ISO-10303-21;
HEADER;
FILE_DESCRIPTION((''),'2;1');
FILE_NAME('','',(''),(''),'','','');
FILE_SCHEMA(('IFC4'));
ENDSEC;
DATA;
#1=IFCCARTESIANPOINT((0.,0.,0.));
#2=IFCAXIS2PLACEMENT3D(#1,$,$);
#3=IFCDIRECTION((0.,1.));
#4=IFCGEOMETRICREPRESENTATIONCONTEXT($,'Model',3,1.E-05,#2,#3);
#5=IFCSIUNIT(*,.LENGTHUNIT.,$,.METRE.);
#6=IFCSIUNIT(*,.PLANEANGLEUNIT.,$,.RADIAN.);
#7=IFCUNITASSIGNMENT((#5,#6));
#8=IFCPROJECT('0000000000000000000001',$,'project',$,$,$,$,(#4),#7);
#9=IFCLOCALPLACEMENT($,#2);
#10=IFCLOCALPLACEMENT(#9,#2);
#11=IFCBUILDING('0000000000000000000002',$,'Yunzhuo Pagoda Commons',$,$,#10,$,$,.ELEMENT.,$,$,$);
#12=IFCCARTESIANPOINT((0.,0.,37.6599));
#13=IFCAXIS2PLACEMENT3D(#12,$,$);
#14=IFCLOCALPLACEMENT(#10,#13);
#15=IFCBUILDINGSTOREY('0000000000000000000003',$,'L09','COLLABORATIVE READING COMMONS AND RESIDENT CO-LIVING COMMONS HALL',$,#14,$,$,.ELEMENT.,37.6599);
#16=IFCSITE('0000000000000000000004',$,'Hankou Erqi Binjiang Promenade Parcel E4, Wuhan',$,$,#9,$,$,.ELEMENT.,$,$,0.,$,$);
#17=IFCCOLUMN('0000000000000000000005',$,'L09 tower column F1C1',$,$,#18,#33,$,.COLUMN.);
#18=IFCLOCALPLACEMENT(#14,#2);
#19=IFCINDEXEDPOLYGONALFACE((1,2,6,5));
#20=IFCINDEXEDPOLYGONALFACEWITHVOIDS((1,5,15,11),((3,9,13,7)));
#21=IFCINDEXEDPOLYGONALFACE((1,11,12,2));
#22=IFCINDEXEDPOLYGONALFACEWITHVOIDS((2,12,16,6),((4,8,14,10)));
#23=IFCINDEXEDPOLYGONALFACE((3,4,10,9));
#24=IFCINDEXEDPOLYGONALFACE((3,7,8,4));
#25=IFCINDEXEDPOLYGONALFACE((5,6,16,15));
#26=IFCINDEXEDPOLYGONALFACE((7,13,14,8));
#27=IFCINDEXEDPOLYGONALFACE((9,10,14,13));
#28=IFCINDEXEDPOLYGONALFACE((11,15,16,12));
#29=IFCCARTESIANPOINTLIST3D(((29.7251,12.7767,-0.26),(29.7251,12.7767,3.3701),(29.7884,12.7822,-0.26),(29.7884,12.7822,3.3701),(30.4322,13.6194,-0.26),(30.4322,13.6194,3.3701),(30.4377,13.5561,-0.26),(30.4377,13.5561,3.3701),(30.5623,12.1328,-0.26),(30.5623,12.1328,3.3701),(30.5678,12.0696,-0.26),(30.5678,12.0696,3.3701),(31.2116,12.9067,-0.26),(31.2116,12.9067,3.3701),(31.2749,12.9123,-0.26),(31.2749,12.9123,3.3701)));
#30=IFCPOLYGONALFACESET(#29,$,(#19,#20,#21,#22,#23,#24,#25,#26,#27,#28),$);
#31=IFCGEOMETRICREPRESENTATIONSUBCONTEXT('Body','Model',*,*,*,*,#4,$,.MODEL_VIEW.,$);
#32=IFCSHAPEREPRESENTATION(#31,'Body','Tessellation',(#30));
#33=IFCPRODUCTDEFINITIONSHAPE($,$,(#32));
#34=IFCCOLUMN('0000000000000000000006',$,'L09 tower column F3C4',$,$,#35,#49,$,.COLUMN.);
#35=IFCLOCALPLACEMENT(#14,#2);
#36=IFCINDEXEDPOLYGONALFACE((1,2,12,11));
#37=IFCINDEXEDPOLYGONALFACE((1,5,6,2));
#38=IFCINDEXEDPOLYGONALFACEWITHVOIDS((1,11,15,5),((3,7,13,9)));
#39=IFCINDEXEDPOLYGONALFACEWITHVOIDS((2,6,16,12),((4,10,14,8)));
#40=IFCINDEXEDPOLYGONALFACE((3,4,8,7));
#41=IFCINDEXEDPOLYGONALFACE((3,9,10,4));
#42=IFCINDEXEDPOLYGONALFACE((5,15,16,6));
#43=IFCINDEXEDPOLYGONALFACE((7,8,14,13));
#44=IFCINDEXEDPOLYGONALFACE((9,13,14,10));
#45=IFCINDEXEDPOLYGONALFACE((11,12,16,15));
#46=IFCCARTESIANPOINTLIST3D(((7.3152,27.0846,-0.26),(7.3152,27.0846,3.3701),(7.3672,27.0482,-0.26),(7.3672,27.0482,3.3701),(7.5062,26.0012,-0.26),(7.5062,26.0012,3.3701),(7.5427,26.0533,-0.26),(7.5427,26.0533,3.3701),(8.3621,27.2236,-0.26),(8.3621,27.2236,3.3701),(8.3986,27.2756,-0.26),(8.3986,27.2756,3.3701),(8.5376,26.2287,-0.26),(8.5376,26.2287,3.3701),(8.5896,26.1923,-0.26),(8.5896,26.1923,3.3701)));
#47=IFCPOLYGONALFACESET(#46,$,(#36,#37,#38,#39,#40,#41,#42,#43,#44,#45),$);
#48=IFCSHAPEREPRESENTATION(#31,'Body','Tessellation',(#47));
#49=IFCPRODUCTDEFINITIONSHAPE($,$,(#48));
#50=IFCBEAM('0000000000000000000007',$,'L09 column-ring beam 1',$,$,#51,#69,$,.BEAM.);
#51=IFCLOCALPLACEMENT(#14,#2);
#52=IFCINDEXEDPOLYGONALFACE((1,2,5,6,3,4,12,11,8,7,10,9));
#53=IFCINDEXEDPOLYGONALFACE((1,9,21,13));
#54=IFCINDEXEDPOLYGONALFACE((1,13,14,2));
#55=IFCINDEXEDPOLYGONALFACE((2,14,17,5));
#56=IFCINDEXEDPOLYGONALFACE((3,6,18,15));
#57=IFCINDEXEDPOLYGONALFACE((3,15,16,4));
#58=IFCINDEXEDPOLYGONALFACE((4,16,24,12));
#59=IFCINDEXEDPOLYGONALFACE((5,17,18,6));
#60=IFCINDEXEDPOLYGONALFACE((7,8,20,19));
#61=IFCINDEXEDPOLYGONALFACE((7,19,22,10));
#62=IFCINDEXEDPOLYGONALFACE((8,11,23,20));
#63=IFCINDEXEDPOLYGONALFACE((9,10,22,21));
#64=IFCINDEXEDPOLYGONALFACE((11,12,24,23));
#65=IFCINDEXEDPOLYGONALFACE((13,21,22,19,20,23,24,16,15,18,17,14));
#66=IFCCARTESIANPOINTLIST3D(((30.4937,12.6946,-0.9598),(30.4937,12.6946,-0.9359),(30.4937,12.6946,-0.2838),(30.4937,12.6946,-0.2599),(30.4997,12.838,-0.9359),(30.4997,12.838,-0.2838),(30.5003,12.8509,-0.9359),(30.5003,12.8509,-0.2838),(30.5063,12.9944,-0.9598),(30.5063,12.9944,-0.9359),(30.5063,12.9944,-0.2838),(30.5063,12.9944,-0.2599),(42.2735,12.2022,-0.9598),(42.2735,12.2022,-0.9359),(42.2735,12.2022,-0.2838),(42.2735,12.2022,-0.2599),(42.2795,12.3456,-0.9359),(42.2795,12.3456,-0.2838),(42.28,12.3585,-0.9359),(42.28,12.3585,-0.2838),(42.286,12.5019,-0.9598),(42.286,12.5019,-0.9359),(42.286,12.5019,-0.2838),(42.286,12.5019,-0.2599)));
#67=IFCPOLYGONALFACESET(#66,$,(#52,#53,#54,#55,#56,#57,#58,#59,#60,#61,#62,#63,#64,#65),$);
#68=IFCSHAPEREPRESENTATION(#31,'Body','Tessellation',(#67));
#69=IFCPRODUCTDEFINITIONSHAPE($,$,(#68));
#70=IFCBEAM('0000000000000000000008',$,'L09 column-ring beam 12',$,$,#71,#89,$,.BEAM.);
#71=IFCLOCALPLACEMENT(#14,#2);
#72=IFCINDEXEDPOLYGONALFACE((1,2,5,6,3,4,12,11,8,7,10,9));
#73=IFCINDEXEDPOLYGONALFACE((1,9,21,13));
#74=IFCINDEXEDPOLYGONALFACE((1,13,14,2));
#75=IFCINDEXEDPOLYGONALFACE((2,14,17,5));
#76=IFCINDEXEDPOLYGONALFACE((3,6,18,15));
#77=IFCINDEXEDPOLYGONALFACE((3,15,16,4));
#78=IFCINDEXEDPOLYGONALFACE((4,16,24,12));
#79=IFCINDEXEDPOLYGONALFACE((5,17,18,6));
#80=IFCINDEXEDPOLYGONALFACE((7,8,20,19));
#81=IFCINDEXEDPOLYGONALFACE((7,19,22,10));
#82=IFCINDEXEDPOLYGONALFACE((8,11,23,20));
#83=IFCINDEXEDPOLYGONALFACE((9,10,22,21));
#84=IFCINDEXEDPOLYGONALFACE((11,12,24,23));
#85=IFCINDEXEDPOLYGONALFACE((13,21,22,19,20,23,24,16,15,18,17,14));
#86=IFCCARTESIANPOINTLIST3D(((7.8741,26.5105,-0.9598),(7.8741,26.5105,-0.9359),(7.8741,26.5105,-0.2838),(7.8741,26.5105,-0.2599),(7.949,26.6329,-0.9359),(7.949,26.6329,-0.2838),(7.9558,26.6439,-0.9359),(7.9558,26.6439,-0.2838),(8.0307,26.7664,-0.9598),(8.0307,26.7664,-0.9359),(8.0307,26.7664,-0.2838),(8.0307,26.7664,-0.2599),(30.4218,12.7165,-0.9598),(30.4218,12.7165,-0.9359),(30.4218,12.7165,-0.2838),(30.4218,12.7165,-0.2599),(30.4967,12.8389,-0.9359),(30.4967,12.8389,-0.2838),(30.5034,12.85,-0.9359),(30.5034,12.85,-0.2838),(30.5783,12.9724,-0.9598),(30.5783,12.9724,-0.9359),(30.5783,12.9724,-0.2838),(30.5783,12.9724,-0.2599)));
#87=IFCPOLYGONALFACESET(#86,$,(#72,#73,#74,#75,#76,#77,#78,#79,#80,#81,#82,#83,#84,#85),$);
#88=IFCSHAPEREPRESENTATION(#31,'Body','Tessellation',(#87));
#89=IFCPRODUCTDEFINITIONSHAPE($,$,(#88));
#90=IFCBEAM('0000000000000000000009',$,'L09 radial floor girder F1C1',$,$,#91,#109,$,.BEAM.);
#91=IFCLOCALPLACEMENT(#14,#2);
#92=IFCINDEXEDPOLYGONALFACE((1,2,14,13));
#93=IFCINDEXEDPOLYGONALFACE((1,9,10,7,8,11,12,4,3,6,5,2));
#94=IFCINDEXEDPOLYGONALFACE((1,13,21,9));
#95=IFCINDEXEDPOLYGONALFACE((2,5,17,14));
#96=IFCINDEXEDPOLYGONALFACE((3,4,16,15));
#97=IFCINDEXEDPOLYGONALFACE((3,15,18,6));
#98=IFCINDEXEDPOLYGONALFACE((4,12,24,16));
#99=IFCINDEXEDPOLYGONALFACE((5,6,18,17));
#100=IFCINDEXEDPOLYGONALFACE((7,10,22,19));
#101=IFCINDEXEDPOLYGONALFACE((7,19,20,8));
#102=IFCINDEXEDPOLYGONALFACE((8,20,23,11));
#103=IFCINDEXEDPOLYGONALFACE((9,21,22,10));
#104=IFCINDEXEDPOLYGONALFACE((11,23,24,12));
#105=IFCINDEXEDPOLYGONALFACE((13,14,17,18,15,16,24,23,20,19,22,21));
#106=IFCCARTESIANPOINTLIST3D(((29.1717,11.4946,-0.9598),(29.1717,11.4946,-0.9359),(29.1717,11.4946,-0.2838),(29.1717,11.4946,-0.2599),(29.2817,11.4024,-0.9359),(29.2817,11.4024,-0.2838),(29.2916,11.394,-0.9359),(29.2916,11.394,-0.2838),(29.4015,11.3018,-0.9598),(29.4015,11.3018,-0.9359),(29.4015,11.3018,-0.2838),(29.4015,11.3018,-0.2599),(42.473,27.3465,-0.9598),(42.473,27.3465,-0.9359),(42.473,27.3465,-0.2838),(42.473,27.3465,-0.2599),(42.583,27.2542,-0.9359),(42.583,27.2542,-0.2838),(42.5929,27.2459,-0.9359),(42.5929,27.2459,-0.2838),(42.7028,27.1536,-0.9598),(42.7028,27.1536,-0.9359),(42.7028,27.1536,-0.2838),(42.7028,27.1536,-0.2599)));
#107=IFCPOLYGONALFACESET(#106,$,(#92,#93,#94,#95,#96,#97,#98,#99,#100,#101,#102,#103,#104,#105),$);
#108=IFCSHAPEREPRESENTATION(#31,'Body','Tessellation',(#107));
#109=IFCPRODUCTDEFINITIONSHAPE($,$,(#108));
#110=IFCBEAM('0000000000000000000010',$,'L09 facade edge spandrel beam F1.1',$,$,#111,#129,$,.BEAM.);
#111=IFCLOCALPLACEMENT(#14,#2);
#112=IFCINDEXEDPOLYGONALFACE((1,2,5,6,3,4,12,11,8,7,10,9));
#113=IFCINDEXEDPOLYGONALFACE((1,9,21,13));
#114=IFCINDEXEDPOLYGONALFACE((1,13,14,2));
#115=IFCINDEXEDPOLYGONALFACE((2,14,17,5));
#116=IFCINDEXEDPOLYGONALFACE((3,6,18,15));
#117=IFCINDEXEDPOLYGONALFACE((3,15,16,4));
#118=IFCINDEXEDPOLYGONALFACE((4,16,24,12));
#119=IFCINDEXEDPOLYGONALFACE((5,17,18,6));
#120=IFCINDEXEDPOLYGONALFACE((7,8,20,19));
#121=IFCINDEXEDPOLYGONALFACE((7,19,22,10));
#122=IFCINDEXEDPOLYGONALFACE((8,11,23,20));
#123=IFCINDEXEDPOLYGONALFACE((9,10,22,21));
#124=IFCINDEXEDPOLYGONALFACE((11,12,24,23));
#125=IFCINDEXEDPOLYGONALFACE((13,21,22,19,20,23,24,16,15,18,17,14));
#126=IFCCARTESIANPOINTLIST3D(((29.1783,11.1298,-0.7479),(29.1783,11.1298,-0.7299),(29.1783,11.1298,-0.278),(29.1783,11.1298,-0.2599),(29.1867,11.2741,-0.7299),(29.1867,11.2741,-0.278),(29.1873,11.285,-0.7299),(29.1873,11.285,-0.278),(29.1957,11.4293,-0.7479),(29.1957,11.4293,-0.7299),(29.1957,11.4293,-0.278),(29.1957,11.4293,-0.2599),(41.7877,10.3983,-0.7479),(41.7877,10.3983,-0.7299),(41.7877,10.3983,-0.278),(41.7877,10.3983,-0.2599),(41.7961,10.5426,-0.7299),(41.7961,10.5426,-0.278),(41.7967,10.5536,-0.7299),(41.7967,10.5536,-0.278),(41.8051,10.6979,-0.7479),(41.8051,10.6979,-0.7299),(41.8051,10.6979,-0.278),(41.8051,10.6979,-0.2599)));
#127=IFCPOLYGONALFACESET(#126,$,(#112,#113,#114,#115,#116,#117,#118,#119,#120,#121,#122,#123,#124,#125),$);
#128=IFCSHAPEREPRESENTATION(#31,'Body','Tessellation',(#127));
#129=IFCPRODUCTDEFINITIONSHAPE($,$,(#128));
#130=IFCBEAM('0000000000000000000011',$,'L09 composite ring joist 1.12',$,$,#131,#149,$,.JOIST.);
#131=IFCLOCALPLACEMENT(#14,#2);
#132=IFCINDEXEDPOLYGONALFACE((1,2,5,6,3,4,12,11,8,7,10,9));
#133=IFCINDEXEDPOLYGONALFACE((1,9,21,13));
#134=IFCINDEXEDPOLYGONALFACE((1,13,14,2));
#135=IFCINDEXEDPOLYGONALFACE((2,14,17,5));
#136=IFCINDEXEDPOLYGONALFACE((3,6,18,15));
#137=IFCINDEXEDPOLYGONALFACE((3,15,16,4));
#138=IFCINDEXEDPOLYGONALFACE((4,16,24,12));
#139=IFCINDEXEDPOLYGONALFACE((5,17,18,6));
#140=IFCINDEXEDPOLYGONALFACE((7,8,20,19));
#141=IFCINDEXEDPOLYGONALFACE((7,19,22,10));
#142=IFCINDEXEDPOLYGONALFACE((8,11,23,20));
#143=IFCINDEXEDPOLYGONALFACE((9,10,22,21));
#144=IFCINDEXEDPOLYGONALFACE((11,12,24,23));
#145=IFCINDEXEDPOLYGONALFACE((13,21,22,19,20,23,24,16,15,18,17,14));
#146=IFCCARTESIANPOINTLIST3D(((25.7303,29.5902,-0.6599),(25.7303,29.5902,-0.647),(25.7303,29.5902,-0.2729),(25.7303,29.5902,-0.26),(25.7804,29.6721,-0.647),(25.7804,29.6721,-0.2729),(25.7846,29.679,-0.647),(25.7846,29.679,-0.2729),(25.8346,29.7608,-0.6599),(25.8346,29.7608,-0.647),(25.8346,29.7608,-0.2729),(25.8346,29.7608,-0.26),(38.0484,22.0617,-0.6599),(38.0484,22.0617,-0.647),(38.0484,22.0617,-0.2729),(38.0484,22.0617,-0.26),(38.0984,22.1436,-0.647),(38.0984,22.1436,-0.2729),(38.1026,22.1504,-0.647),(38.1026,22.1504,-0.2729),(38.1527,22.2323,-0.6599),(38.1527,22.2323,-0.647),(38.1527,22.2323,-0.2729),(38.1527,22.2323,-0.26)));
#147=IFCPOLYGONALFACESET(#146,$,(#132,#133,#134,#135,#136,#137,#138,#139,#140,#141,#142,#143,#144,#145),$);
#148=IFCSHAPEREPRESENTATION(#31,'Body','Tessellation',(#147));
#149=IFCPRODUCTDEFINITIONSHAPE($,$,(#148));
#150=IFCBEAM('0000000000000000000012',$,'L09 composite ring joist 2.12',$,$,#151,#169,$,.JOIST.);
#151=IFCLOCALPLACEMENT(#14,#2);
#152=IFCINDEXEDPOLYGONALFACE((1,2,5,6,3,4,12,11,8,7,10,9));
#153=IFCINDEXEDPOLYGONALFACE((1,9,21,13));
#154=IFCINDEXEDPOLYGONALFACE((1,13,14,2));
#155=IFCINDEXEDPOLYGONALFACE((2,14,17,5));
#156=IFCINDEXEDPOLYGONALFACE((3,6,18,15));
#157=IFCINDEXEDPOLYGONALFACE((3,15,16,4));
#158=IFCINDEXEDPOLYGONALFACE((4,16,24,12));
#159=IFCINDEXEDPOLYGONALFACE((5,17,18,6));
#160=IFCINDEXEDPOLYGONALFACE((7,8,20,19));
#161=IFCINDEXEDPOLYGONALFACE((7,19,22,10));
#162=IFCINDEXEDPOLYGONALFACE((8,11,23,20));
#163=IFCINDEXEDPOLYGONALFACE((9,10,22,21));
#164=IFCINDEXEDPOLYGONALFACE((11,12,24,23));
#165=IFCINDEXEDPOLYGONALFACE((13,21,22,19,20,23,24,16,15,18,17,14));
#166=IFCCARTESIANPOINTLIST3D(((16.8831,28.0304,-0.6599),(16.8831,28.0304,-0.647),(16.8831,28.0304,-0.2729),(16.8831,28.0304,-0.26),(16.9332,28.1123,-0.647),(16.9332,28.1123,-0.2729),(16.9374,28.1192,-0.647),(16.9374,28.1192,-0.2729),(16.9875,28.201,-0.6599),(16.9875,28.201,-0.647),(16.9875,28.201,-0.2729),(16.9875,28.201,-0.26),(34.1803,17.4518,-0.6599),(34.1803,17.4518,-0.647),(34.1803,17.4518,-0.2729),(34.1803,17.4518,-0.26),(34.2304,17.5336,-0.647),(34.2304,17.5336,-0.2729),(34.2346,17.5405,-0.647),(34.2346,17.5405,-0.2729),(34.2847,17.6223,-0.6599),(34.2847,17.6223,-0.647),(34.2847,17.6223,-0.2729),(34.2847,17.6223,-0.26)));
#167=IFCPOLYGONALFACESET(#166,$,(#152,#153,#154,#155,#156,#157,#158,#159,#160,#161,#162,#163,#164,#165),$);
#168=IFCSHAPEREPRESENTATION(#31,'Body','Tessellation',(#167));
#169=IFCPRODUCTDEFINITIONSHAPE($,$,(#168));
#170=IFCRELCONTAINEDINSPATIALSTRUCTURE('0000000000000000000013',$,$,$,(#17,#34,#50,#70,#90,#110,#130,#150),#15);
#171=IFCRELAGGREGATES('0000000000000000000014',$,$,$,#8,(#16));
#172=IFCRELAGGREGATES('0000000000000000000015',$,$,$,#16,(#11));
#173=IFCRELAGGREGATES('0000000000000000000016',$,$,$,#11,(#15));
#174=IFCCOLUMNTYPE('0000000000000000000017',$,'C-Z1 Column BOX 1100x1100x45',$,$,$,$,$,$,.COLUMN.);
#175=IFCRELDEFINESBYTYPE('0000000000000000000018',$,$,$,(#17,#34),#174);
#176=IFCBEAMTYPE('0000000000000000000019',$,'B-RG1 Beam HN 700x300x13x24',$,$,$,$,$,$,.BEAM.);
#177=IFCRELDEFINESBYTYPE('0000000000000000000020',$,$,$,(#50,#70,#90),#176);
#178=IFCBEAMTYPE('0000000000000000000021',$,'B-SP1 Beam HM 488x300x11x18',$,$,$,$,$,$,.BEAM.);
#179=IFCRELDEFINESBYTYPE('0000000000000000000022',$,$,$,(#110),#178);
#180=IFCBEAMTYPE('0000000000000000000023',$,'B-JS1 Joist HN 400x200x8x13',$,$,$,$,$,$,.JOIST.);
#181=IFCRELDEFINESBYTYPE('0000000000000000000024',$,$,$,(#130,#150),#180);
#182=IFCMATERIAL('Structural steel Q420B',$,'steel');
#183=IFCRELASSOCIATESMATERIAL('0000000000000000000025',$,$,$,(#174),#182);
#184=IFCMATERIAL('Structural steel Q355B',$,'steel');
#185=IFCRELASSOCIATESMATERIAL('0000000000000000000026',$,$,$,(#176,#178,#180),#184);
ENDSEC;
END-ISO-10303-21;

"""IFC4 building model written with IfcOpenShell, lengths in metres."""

from ifc_helpers import new_model, si_unit, direction, frame, origin, origin_2d, place, context, subcontext, project, spatial, hollow_rectangle, i_section, extrude, source, transform, mapped, material, material_profile, profile_set, type_object, element, save


model = new_model("IFC4")

# Units and contexts
model_context = context("Model", 3, precision=1e-05, world=origin(), true_north=direction((0.0, 1.0)))
body_context = subcontext(model_context, "Body", "Model", "MODEL_VIEW")
ifc_project = project(units=[si_unit("LENGTHUNIT", "METRE"), si_unit("PLANEANGLEUNIT", "RADIAN")], contexts=[model_context])

# Site, building, storey
site_placement = place(None, origin())
site = spatial("IfcSite", under=ifc_project, at=site_placement, Name="Hankou Erqi Binjiang Promenade Parcel E4, Wuhan", CompositionType="ELEMENT", RefElevation=0.0)
building_placement = place(site_placement, origin())
building = spatial("IfcBuilding", under=site, at=building_placement, Name="Yunzhuo Pagoda Commons", CompositionType="ELEMENT")
storey_placement = place(building_placement, frame((0.0, 0.0, 37.6599)))
storey = spatial("IfcBuildingStorey", under=building, at=storey_placement, Name="L09", Description="COLLABORATIVE READING COMMONS AND RESIDENT CO-LIVING COMMONS HALL", CompositionType="ELEMENT", Elevation=37.6599)

# Columns
ifc_material_1 = material(Name="Structural steel Q420B", Category="steel")
ifc_material_profile_1 = material_profile(ifc_material_1, hollow_rectangle(XDim=1.1001, YDim=1.1001, WallThickness=0.0449, at=origin_2d()), Name="Structural steel Q420B")
ifc_profile_set_1 = profile_set([ifc_material_profile_1], Name="Structural steel Q420B")
column_type = type_object("IfcColumnType", Name="C-Z1 Column BOX 1100x1100x45", PredefinedType="COLUMN", material=ifc_profile_set_1)
shared_shape_1 = source(origin(), body_context, "Body", "SweptSolid", [
    extrude(hollow_rectangle(XDim=1.1001, YDim=1.1001, WallThickness=0.0449, at=origin_2d()), origin(), (0.0, 0.0, 1.0), 3.6301),
])
for number, where, z_axis, x_axis, name in (
    (1, (30.5, 12.8445, -0.26), (0.0, 0.0, 1.0), (0.766044, -0.642788, 0.0), "L09 tower column F1C1"),
    (2, (7.9524, 26.6384, -0.26), (0.0, 0.0, 1.0), (0.173648, -0.984808, 0.0), "L09 tower column F3C4"),
):
    element("IfcColumn", number, at=place(storey_placement, frame(where, z_axis=z_axis, x_axis=x_axis)), inside=storey, type_object=column_type, Name=name, PredefinedType="COLUMN", context=body_context, shape_type="MappedRepresentation", body=[
        mapped(shared_shape_1, transform((0.0, 0.0, 0.0), scale=1.0)),
    ])

# Beams
ifc_material_2 = material(Name="Structural steel Q355B", Category="steel")
ifc_material_profile_2 = material_profile(ifc_material_2, i_section(OverallWidth=0.3, OverallDepth=0.7, WebThickness=0.0129, FlangeThickness=0.0239, at=origin_2d()), Name="Structural steel Q355B")
ifc_profile_set_2 = profile_set([ifc_material_profile_2], Name="Structural steel Q355B")
beam_type_1 = type_object("IfcBeamType", Name="B-RG1 Beam HN 700x300x13x24", PredefinedType="BEAM", material=ifc_profile_set_2)
shared_shape_2 = source(origin(), body_context, "Body", "SweptSolid", [
    extrude(i_section(OverallWidth=0.3, OverallDepth=0.7, WebThickness=0.0129, FlangeThickness=0.0239, at=origin_2d()), origin(), (0.0, 0.0, 1.0), 11.79),
])
beam_1_placement = place(storey_placement, frame((30.5, 12.8445, -0.6099), z_axis=(0.999127, -0.041767, 0.0), x_axis=(0.041767, 0.999127, 0.0)))
element("IfcBeam", 3, at=beam_1_placement, inside=storey, type_object=beam_type_1, Name="L09 column-ring beam 1", PredefinedType="BEAM", context=body_context, shape_type="MappedRepresentation", body=[
    mapped(shared_shape_2, transform((0.0, 0.0, 0.0), scale=1.0)),
])
shared_shape_3 = source(origin(), body_context, "Body", "SweptSolid", [
    extrude(i_section(OverallWidth=0.3, OverallDepth=0.7, WebThickness=0.0129, FlangeThickness=0.0239, at=origin_2d()), origin(), (0.0, 0.0, 1.0), 26.4324),
])
beam_2_placement = place(storey_placement, frame((7.9524, 26.6384, -0.6099), z_axis=(0.853032, -0.521859, 0.0), x_axis=(0.521859, 0.853032, 0.0)))
element("IfcBeam", 4, at=beam_2_placement, inside=storey, type_object=beam_type_1, Name="L09 column-ring beam 12", PredefinedType="BEAM", context=body_context, shape_type="MappedRepresentation", body=[
    mapped(shared_shape_3, transform((0.0, 0.0, 0.0), scale=1.0)),
])
shared_shape_4 = source(origin(), body_context, "Body", "SweptSolid", [
    extrude(i_section(OverallWidth=0.3, OverallDepth=0.7, WebThickness=0.0129, FlangeThickness=0.0239, at=origin_2d()), origin(), (0.0, 0.0, 1.0), 20.6931),
])
beam_3_placement = place(storey_placement, frame((29.2866, 11.3982, -0.6099), z_axis=(0.642788, 0.766044, 0.0), x_axis=(-0.766044, 0.642788, 0.0)))
element("IfcBeam", 5, at=beam_3_placement, inside=storey, type_object=beam_type_1, Name="L09 radial floor girder F1C1", PredefinedType="BEAM", context=body_context, shape_type="MappedRepresentation", body=[
    mapped(shared_shape_4, transform((0.0, 0.0, 0.0), scale=1.0)),
])
ifc_material_profile_3 = material_profile(ifc_material_2, i_section(OverallWidth=0.3, OverallDepth=0.488, WebThickness=0.011, FlangeThickness=0.0181, at=origin_2d()), Name="Structural steel Q355B")
ifc_profile_set_3 = profile_set([ifc_material_profile_3], Name="Structural steel Q355B")
beam_type_2 = type_object("IfcBeamType", Name="B-SP1 Beam HM 488x300x11x18", PredefinedType="BEAM", material=ifc_profile_set_3)
shared_shape_5 = source(origin(), body_context, "Body", "SweptSolid", [
    extrude(i_section(OverallWidth=0.3, OverallDepth=0.488, WebThickness=0.011, FlangeThickness=0.0181, at=origin_2d()), origin(), (0.0, 0.0, 1.0), 12.6306),
])
beam_4_placement = place(storey_placement, frame((29.187, 11.2795, -0.5039), z_axis=(0.998322, -0.057911, 0.0), x_axis=(0.057911, 0.998322, 0.0)))
element("IfcBeam", 6, at=beam_4_placement, inside=storey, type_object=beam_type_2, Name="L09 facade edge spandrel beam F1.1", PredefinedType="BEAM", context=body_context, shape_type="MappedRepresentation", body=[
    mapped(shared_shape_5, transform((0.0, 0.0, 0.0), scale=1.0)),
])
ifc_material_profile_4 = material_profile(ifc_material_2, i_section(OverallWidth=0.2, OverallDepth=0.3999, WebThickness=0.0081, FlangeThickness=0.0129, at=origin_2d()), Name="Structural steel Q355B")
ifc_profile_set_4 = profile_set([ifc_material_profile_4], Name="Structural steel Q355B")
beam_type_3 = type_object("IfcBeamType", Name="B-JS1 Joist HN 400x200x8x13", PredefinedType="JOIST", material=ifc_profile_set_4)
shared_shape_6 = source(origin(), body_context, "Body", "SweptSolid", [
    extrude(i_section(OverallWidth=0.2, OverallDepth=0.3999, WebThickness=0.0081, FlangeThickness=0.0129, at=origin_2d()), origin(), (0.0, 0.0, 1.0), 14.4365),
])
beam_5_placement = place(storey_placement, frame((25.7825, 29.6755, -0.46), z_axis=(0.853256, -0.521492, 0.0), x_axis=(0.521492, 0.853256, 0.0)))
element("IfcBeam", 7, at=beam_5_placement, inside=storey, type_object=beam_type_3, Name="L09 composite ring joist 1.12", PredefinedType="JOIST", context=body_context, shape_type="MappedRepresentation", body=[
    mapped(shared_shape_6, transform((0.0, 0.0, 0.0), scale=1.0)),
])
shared_shape_7 = source(origin(), body_context, "Body", "SweptSolid", [
    extrude(i_section(OverallWidth=0.2, OverallDepth=0.3999, WebThickness=0.0081, FlangeThickness=0.0129, at=origin_2d()), origin(), (0.0, 0.0, 1.0), 20.2756),
])
beam_6_placement = place(storey_placement, frame((16.9353, 28.1157, -0.46), z_axis=(0.853103, -0.521743, 0.0), x_axis=(0.521743, 0.853103, 0.0)))
element("IfcBeam", 8, at=beam_6_placement, inside=storey, type_object=beam_type_3, Name="L09 composite ring joist 2.12", PredefinedType="JOIST", context=body_context, shape_type="MappedRepresentation", body=[
    mapped(shared_shape_7, transform((0.0, 0.0, 0.0), scale=1.0)),
])

save(model, "model.ifc")
